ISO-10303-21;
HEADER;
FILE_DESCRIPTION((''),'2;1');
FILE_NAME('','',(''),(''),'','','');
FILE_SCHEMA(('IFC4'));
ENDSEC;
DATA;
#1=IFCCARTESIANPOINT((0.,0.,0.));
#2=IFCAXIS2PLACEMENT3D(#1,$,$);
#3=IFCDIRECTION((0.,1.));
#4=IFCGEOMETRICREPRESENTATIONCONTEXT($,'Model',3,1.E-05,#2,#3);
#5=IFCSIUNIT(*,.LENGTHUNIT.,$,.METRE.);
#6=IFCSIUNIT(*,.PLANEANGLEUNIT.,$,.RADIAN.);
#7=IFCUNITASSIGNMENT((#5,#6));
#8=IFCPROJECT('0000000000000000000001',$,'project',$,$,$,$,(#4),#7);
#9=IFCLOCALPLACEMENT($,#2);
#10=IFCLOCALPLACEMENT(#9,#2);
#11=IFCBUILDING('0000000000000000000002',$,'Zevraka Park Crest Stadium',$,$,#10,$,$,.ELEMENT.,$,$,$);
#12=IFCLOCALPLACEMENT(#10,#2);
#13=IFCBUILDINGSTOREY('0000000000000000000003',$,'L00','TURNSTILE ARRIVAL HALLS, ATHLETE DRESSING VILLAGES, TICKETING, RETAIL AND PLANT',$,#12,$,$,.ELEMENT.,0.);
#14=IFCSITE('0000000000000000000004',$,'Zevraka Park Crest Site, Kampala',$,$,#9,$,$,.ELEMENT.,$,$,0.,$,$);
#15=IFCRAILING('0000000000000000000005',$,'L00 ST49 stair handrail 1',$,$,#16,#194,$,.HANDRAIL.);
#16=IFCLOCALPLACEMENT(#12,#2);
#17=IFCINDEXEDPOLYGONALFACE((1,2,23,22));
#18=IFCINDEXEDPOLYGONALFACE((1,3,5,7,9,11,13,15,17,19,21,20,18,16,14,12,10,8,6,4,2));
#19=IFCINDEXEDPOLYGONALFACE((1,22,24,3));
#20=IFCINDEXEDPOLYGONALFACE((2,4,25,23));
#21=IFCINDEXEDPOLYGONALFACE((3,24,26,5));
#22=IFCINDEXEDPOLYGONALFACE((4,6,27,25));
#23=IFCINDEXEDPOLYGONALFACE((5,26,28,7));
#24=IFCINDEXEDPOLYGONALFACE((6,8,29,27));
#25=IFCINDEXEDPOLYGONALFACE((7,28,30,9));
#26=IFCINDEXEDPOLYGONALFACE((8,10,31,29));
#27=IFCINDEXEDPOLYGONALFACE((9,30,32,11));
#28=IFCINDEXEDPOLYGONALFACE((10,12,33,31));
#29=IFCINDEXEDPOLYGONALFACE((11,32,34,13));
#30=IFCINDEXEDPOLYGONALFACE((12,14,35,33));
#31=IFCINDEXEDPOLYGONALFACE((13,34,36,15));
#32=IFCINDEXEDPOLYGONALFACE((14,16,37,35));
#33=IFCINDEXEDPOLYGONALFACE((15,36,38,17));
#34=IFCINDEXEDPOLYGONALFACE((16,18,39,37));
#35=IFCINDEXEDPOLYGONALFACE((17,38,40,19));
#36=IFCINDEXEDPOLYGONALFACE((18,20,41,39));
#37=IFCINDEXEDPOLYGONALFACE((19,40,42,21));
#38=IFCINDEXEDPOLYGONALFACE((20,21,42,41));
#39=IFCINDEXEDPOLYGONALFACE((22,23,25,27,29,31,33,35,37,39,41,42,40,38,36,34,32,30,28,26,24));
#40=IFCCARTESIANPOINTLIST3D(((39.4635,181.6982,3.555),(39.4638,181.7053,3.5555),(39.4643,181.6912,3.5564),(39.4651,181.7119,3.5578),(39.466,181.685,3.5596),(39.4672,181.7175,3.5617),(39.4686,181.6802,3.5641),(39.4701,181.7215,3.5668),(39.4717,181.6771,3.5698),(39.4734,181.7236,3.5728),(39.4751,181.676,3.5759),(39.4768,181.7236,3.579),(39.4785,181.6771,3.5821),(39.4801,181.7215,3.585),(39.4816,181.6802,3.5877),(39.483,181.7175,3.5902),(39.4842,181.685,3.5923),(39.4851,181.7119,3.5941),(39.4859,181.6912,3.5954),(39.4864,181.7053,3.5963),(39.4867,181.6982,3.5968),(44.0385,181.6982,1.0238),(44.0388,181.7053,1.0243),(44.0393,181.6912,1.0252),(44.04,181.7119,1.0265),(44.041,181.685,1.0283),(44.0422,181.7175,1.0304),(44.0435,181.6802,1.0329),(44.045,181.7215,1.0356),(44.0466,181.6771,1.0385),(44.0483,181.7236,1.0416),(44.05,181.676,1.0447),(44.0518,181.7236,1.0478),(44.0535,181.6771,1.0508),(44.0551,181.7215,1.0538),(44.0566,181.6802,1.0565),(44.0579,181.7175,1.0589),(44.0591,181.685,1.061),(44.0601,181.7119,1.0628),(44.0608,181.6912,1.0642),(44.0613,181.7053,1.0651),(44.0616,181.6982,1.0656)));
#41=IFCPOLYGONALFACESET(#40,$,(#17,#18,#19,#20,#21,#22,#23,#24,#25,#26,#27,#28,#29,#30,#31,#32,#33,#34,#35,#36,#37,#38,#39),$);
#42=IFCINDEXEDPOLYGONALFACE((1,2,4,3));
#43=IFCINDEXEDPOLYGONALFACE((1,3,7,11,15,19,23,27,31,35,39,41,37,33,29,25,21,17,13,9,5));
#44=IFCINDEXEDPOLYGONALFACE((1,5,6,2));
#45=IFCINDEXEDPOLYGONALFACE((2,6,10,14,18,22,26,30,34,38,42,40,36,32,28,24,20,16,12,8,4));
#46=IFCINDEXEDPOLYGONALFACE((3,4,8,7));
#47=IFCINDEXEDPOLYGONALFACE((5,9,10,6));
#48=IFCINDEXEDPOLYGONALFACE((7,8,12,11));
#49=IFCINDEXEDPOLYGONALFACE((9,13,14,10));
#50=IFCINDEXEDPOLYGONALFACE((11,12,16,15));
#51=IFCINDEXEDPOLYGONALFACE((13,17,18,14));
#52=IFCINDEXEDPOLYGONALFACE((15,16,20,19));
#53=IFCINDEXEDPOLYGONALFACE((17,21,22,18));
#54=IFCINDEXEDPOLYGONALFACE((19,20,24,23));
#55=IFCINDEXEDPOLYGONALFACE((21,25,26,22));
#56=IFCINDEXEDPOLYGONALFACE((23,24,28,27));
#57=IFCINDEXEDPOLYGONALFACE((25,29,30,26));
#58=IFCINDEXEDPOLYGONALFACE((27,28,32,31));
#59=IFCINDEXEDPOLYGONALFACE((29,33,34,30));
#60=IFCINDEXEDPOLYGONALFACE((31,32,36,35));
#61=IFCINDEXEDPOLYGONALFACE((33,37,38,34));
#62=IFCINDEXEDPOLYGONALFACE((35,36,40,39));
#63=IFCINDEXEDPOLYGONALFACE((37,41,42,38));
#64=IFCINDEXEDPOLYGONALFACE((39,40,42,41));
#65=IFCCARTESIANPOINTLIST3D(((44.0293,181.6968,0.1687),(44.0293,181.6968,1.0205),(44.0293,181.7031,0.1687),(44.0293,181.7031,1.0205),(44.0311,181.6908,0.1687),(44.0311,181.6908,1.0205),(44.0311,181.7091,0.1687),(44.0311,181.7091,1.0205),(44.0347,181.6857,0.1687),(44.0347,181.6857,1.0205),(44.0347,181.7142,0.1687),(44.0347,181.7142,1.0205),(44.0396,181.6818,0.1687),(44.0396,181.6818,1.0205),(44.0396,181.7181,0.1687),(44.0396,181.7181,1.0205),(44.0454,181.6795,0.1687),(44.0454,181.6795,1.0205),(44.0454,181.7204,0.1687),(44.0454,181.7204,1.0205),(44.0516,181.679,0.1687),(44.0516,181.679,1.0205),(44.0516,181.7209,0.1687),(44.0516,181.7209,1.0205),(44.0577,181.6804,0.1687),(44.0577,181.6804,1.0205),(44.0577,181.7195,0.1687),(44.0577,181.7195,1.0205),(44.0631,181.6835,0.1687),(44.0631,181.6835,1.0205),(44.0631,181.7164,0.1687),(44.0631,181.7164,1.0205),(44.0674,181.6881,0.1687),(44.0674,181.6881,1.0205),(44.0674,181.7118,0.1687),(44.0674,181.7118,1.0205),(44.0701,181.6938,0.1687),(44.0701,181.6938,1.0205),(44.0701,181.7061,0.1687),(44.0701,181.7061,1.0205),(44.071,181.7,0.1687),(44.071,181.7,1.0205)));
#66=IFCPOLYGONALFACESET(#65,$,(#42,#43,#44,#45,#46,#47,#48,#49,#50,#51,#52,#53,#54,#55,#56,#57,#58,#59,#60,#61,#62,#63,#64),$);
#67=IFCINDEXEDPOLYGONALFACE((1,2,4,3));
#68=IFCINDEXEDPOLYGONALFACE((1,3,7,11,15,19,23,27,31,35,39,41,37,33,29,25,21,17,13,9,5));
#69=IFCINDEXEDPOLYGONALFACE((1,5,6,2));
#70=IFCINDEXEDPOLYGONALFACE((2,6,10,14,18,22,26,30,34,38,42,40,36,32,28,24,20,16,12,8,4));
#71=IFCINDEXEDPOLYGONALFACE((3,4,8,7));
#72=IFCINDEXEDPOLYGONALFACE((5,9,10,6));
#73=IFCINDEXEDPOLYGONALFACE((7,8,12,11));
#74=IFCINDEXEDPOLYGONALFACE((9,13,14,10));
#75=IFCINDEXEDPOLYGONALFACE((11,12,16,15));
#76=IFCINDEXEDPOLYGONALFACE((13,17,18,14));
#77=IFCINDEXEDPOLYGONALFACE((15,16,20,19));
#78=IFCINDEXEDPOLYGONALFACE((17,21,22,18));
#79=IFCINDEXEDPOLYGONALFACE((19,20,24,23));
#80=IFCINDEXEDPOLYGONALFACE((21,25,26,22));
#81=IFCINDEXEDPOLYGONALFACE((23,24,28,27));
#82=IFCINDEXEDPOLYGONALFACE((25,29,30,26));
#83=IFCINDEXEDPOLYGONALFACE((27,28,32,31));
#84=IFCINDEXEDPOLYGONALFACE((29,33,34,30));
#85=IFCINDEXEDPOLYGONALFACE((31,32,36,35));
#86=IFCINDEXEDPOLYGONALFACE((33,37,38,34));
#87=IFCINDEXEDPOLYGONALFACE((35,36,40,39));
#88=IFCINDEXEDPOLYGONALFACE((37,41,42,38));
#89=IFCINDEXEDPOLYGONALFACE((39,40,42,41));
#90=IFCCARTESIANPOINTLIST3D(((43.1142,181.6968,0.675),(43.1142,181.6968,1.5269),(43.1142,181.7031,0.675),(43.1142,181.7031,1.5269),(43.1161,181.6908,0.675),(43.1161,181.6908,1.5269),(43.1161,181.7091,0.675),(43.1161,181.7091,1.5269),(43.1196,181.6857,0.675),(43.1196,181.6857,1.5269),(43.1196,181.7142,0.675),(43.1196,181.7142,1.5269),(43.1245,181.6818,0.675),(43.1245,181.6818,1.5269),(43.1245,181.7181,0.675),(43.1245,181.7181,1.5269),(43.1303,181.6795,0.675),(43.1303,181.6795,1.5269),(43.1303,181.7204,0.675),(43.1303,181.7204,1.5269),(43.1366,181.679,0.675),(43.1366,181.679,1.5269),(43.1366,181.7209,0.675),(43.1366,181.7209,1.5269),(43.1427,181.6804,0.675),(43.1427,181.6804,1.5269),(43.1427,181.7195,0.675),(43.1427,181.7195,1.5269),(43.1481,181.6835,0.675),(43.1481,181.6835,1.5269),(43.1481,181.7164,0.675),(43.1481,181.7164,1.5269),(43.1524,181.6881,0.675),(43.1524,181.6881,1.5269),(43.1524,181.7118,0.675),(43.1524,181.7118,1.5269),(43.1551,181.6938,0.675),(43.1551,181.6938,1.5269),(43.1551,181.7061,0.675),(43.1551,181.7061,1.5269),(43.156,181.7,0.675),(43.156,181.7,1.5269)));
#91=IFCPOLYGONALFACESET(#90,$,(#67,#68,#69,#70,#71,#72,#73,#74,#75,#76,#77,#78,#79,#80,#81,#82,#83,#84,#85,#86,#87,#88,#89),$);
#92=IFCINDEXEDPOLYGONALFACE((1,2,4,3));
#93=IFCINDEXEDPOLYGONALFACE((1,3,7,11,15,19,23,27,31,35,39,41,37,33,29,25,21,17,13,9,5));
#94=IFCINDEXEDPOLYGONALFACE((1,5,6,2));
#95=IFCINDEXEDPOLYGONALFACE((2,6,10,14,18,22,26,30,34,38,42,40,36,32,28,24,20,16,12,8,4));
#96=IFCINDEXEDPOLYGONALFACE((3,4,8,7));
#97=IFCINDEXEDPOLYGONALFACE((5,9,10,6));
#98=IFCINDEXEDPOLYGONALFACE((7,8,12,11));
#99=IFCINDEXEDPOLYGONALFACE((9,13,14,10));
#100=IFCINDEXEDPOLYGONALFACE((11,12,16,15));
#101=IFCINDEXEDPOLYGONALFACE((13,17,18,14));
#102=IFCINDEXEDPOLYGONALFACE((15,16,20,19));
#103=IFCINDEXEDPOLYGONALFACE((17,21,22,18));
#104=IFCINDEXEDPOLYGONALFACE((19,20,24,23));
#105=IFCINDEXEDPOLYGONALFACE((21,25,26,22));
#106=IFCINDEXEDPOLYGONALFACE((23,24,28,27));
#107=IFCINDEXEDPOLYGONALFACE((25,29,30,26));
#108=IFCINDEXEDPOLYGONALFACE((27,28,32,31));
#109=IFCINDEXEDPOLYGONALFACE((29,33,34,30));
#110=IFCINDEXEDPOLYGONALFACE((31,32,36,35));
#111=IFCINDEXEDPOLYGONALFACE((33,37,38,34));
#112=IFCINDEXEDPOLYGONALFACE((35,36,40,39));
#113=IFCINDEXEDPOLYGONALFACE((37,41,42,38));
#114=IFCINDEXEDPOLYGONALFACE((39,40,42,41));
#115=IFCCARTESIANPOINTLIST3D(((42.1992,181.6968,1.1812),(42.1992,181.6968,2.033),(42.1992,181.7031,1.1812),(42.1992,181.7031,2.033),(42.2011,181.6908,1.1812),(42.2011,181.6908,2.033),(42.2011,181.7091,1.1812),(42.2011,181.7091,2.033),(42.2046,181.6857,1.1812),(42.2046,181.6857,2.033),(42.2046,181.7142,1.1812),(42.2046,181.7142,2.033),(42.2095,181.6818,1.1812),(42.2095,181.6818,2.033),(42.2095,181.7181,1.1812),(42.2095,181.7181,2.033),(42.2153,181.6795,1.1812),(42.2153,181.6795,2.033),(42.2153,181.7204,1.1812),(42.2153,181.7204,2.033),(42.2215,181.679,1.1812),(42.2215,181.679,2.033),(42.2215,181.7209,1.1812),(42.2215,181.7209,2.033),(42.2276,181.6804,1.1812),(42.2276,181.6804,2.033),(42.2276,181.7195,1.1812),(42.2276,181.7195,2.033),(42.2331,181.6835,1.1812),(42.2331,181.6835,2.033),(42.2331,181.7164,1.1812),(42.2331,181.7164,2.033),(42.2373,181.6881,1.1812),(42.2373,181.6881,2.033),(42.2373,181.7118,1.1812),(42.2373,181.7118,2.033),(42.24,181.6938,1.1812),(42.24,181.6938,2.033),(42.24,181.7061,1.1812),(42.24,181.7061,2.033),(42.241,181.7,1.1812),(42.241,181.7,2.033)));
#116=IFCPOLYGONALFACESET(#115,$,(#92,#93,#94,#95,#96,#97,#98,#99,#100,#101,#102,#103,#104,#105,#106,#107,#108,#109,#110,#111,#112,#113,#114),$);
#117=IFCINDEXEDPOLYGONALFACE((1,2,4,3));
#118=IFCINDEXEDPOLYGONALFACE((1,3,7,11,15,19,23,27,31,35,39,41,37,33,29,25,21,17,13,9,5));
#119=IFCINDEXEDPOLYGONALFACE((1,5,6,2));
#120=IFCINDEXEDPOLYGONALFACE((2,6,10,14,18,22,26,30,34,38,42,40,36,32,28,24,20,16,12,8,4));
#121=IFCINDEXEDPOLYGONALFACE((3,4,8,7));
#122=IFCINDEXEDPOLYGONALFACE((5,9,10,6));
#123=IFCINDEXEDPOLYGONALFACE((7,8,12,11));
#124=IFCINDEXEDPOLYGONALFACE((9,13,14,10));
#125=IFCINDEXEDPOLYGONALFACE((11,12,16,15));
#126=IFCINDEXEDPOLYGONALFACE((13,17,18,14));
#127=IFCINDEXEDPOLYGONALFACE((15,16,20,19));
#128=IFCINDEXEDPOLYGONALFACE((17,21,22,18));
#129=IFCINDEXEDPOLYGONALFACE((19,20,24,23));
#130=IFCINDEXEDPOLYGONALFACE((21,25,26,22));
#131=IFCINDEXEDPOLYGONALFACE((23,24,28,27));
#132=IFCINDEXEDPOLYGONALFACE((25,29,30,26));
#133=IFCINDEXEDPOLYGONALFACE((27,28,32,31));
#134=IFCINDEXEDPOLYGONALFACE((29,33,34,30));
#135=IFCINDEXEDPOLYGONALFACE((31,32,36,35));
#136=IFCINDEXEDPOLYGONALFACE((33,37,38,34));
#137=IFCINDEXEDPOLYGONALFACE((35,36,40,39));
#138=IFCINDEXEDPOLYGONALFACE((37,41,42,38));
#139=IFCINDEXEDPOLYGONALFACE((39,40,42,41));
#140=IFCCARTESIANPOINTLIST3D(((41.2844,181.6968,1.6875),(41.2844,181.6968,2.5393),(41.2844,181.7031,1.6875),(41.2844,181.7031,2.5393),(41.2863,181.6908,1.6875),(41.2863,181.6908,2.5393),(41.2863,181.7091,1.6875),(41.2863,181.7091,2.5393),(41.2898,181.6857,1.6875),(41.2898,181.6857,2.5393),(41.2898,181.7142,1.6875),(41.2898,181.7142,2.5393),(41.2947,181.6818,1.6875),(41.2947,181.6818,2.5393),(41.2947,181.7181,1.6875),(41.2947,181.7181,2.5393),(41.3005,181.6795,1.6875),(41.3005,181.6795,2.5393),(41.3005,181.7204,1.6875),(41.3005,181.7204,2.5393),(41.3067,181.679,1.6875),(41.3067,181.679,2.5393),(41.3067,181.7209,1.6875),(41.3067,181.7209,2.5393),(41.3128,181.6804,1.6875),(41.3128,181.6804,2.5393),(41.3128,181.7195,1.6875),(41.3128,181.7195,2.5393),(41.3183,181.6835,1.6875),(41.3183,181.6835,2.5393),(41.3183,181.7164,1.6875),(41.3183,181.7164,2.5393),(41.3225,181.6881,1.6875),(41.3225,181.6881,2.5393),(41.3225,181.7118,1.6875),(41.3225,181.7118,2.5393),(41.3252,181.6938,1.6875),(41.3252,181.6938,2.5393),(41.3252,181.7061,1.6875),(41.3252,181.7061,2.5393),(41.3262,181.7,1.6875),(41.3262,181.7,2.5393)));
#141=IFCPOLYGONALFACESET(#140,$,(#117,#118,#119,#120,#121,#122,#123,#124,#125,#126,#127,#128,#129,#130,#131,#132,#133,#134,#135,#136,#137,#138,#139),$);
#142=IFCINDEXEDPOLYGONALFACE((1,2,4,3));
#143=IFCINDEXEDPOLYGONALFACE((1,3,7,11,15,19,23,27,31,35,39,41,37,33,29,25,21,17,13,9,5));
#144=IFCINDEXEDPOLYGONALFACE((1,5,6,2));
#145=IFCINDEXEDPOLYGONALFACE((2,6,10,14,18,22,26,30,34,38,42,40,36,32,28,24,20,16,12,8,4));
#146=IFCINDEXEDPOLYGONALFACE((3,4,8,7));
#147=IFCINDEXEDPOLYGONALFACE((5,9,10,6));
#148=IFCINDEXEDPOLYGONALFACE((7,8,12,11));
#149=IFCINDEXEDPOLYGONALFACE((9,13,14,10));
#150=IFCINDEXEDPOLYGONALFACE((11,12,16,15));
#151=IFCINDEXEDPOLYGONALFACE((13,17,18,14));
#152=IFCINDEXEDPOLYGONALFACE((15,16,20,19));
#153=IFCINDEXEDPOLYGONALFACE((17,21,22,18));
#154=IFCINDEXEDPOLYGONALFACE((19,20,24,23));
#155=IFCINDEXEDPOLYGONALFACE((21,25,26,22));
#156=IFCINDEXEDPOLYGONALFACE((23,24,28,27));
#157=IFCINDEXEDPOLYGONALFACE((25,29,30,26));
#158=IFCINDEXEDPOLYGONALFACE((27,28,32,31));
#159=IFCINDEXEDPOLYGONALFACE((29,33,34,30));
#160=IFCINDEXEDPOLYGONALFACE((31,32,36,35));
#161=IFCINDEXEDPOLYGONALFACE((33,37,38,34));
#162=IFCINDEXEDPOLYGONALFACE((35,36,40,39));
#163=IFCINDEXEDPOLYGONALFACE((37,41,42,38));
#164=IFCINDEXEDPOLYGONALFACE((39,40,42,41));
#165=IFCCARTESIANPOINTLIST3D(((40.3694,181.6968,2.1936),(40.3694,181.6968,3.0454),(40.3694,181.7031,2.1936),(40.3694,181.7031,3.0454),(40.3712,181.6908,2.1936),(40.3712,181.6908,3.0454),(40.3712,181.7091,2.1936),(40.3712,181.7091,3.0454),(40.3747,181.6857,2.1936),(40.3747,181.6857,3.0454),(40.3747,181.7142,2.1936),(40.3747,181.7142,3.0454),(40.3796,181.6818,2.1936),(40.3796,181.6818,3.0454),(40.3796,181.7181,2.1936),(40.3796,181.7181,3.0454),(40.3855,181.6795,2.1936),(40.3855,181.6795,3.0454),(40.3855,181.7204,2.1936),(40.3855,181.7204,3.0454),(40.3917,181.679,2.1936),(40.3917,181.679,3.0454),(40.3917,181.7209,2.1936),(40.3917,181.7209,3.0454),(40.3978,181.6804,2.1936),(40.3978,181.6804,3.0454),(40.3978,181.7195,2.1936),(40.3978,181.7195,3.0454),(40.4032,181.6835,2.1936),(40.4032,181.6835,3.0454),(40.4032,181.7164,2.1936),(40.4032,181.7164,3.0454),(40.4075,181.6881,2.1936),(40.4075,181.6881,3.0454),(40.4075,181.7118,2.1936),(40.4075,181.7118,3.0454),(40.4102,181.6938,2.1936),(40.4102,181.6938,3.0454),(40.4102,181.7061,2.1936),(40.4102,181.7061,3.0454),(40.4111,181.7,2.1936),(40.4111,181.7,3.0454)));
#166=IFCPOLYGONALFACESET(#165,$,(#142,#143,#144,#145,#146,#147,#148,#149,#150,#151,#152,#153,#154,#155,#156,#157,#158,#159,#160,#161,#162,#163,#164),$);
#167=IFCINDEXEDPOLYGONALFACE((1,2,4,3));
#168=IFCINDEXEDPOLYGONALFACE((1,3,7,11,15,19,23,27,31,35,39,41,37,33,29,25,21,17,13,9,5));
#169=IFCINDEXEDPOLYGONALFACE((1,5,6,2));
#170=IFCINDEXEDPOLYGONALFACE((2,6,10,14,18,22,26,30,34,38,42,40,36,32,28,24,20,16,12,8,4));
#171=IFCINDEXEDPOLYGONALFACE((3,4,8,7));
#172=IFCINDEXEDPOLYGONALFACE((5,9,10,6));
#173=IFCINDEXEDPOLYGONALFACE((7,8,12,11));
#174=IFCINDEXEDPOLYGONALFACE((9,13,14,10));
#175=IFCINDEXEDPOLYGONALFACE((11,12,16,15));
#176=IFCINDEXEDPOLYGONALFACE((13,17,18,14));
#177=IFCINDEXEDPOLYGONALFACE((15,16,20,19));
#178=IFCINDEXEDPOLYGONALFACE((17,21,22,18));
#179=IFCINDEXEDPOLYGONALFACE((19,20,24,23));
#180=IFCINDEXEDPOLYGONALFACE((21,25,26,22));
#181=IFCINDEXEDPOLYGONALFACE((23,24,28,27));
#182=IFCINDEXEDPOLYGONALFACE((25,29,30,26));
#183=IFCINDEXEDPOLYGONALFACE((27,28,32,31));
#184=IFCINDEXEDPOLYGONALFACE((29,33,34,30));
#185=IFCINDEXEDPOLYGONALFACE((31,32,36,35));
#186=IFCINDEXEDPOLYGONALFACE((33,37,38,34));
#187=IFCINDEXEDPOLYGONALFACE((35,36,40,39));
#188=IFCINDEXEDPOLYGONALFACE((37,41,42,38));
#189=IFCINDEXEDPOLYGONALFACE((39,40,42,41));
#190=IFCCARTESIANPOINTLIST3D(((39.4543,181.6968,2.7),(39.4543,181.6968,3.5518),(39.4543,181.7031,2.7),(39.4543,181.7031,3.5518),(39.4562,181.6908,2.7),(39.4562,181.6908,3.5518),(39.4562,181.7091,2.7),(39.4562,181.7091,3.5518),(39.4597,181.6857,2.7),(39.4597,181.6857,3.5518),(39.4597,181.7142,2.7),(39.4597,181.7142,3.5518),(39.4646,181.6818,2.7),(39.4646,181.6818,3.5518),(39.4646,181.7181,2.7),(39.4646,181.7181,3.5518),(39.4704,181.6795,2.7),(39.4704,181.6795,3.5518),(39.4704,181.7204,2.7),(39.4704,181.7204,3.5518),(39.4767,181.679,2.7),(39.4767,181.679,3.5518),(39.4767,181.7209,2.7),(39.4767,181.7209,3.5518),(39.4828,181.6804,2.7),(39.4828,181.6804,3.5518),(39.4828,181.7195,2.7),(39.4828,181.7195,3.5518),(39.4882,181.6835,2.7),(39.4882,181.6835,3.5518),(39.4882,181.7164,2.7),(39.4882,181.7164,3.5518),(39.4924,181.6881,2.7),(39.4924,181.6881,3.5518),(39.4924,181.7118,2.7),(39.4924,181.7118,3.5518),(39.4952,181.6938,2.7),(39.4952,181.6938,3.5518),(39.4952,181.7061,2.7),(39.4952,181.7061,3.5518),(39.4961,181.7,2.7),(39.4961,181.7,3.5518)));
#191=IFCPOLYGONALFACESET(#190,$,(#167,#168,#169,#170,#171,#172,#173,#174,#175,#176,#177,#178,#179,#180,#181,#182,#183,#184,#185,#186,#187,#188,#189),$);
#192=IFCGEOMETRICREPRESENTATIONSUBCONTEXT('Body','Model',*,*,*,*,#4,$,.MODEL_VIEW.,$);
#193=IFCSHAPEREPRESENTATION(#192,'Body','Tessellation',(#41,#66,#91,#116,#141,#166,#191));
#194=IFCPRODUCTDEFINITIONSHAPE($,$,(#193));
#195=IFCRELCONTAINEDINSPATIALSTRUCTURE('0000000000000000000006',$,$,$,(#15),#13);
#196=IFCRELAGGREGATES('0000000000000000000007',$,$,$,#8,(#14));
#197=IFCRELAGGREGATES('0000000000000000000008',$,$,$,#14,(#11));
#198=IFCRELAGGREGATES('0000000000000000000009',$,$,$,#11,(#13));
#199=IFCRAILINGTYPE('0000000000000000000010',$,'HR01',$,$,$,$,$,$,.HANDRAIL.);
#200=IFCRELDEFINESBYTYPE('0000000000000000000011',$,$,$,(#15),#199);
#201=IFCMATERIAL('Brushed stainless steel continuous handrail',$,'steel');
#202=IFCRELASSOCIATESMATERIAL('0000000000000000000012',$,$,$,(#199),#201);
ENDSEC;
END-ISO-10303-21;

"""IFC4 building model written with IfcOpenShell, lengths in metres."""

from ifc_helpers import new_model, si_unit, direction, frame, origin, origin_2d, place, context, subcontext, project, spatial, circle, extrude, material, type_object, element, save


model = new_model("IFC4")

# Units and contexts
model_context = context("Model", 3, precision=1e-05, world=origin(), true_north=direction((0.0, 1.0)))
body_context = subcontext(model_context, "Body", "Model", "MODEL_VIEW")
ifc_project = project(units=[si_unit("LENGTHUNIT", "METRE"), si_unit("PLANEANGLEUNIT", "RADIAN")], contexts=[model_context])

# Site, building, storey
site_placement = place(None, origin())
site = spatial("IfcSite", under=ifc_project, at=site_placement, Name="Zevraka Park Crest Site, Kampala", CompositionType="ELEMENT", RefElevation=0.0)
building_placement = place(site_placement, origin())
building = spatial("IfcBuilding", under=site, at=building_placement, Name="Zevraka Park Crest Stadium", CompositionType="ELEMENT")
storey_placement = place(building_placement, origin())
storey = spatial("IfcBuildingStorey", under=building, at=storey_placement, Name="L00", Description="TURNSTILE ARRIVAL HALLS, ATHLETE DRESSING VILLAGES, TICKETING, RETAIL AND PLANT", CompositionType="ELEMENT", Elevation=0.0)

# Railing
ifc_material_1 = material(Name="Brushed stainless steel continuous handrail", Category="steel")
railing_type_1 = type_object("IfcRailingType", Name="HR01", PredefinedType="HANDRAIL", material=ifc_material_1)
railing_1_placement = place(storey_placement, frame((44.05, 181.7, 0.1687)))
element("IfcRailing", 1, at=railing_1_placement, inside=storey, type_object=railing_type_1, Name="L00 ST49 stair handrail 1", PredefinedType="HANDRAIL", context=body_context, shape_type="SweptSolid", body=[
    extrude(circle(Radius=0.0239, at=origin_2d()), frame((0.0, 0.0, 0.876), z_axis=(-0.875, 0.0, 0.484124), x_axis=(0.0, -1.0, 0.0)), (0.0, 0.0, 1.0), 5.2285),
    extrude(circle(Radius=0.021, at=origin_2d()), origin(), (0.0, 0.0, 1.0), 0.8518),
    extrude(circle(Radius=0.021, at=origin_2d()), frame((-0.915, 0.0, 0.5063)), (0.0, 0.0, 1.0), 0.8518),
    extrude(circle(Radius=0.021, at=origin_2d()), frame((-1.8301, 0.0, 1.0125)), (0.0, 0.0, 1.0), 0.8518),
    extrude(circle(Radius=0.021, at=origin_2d()), frame((-2.7449, 0.0, 1.5188)), (0.0, 0.0, 1.0), 0.8518),
    extrude(circle(Radius=0.021, at=origin_2d()), frame((-3.6599, 0.0, 2.0249)), (0.0, 0.0, 1.0), 0.8518),
    extrude(circle(Radius=0.021, at=origin_2d()), frame((-4.575, 0.0, 2.5312)), (0.0, 0.0, 1.0), 0.8518),
])

save(model, "model.ifc")
